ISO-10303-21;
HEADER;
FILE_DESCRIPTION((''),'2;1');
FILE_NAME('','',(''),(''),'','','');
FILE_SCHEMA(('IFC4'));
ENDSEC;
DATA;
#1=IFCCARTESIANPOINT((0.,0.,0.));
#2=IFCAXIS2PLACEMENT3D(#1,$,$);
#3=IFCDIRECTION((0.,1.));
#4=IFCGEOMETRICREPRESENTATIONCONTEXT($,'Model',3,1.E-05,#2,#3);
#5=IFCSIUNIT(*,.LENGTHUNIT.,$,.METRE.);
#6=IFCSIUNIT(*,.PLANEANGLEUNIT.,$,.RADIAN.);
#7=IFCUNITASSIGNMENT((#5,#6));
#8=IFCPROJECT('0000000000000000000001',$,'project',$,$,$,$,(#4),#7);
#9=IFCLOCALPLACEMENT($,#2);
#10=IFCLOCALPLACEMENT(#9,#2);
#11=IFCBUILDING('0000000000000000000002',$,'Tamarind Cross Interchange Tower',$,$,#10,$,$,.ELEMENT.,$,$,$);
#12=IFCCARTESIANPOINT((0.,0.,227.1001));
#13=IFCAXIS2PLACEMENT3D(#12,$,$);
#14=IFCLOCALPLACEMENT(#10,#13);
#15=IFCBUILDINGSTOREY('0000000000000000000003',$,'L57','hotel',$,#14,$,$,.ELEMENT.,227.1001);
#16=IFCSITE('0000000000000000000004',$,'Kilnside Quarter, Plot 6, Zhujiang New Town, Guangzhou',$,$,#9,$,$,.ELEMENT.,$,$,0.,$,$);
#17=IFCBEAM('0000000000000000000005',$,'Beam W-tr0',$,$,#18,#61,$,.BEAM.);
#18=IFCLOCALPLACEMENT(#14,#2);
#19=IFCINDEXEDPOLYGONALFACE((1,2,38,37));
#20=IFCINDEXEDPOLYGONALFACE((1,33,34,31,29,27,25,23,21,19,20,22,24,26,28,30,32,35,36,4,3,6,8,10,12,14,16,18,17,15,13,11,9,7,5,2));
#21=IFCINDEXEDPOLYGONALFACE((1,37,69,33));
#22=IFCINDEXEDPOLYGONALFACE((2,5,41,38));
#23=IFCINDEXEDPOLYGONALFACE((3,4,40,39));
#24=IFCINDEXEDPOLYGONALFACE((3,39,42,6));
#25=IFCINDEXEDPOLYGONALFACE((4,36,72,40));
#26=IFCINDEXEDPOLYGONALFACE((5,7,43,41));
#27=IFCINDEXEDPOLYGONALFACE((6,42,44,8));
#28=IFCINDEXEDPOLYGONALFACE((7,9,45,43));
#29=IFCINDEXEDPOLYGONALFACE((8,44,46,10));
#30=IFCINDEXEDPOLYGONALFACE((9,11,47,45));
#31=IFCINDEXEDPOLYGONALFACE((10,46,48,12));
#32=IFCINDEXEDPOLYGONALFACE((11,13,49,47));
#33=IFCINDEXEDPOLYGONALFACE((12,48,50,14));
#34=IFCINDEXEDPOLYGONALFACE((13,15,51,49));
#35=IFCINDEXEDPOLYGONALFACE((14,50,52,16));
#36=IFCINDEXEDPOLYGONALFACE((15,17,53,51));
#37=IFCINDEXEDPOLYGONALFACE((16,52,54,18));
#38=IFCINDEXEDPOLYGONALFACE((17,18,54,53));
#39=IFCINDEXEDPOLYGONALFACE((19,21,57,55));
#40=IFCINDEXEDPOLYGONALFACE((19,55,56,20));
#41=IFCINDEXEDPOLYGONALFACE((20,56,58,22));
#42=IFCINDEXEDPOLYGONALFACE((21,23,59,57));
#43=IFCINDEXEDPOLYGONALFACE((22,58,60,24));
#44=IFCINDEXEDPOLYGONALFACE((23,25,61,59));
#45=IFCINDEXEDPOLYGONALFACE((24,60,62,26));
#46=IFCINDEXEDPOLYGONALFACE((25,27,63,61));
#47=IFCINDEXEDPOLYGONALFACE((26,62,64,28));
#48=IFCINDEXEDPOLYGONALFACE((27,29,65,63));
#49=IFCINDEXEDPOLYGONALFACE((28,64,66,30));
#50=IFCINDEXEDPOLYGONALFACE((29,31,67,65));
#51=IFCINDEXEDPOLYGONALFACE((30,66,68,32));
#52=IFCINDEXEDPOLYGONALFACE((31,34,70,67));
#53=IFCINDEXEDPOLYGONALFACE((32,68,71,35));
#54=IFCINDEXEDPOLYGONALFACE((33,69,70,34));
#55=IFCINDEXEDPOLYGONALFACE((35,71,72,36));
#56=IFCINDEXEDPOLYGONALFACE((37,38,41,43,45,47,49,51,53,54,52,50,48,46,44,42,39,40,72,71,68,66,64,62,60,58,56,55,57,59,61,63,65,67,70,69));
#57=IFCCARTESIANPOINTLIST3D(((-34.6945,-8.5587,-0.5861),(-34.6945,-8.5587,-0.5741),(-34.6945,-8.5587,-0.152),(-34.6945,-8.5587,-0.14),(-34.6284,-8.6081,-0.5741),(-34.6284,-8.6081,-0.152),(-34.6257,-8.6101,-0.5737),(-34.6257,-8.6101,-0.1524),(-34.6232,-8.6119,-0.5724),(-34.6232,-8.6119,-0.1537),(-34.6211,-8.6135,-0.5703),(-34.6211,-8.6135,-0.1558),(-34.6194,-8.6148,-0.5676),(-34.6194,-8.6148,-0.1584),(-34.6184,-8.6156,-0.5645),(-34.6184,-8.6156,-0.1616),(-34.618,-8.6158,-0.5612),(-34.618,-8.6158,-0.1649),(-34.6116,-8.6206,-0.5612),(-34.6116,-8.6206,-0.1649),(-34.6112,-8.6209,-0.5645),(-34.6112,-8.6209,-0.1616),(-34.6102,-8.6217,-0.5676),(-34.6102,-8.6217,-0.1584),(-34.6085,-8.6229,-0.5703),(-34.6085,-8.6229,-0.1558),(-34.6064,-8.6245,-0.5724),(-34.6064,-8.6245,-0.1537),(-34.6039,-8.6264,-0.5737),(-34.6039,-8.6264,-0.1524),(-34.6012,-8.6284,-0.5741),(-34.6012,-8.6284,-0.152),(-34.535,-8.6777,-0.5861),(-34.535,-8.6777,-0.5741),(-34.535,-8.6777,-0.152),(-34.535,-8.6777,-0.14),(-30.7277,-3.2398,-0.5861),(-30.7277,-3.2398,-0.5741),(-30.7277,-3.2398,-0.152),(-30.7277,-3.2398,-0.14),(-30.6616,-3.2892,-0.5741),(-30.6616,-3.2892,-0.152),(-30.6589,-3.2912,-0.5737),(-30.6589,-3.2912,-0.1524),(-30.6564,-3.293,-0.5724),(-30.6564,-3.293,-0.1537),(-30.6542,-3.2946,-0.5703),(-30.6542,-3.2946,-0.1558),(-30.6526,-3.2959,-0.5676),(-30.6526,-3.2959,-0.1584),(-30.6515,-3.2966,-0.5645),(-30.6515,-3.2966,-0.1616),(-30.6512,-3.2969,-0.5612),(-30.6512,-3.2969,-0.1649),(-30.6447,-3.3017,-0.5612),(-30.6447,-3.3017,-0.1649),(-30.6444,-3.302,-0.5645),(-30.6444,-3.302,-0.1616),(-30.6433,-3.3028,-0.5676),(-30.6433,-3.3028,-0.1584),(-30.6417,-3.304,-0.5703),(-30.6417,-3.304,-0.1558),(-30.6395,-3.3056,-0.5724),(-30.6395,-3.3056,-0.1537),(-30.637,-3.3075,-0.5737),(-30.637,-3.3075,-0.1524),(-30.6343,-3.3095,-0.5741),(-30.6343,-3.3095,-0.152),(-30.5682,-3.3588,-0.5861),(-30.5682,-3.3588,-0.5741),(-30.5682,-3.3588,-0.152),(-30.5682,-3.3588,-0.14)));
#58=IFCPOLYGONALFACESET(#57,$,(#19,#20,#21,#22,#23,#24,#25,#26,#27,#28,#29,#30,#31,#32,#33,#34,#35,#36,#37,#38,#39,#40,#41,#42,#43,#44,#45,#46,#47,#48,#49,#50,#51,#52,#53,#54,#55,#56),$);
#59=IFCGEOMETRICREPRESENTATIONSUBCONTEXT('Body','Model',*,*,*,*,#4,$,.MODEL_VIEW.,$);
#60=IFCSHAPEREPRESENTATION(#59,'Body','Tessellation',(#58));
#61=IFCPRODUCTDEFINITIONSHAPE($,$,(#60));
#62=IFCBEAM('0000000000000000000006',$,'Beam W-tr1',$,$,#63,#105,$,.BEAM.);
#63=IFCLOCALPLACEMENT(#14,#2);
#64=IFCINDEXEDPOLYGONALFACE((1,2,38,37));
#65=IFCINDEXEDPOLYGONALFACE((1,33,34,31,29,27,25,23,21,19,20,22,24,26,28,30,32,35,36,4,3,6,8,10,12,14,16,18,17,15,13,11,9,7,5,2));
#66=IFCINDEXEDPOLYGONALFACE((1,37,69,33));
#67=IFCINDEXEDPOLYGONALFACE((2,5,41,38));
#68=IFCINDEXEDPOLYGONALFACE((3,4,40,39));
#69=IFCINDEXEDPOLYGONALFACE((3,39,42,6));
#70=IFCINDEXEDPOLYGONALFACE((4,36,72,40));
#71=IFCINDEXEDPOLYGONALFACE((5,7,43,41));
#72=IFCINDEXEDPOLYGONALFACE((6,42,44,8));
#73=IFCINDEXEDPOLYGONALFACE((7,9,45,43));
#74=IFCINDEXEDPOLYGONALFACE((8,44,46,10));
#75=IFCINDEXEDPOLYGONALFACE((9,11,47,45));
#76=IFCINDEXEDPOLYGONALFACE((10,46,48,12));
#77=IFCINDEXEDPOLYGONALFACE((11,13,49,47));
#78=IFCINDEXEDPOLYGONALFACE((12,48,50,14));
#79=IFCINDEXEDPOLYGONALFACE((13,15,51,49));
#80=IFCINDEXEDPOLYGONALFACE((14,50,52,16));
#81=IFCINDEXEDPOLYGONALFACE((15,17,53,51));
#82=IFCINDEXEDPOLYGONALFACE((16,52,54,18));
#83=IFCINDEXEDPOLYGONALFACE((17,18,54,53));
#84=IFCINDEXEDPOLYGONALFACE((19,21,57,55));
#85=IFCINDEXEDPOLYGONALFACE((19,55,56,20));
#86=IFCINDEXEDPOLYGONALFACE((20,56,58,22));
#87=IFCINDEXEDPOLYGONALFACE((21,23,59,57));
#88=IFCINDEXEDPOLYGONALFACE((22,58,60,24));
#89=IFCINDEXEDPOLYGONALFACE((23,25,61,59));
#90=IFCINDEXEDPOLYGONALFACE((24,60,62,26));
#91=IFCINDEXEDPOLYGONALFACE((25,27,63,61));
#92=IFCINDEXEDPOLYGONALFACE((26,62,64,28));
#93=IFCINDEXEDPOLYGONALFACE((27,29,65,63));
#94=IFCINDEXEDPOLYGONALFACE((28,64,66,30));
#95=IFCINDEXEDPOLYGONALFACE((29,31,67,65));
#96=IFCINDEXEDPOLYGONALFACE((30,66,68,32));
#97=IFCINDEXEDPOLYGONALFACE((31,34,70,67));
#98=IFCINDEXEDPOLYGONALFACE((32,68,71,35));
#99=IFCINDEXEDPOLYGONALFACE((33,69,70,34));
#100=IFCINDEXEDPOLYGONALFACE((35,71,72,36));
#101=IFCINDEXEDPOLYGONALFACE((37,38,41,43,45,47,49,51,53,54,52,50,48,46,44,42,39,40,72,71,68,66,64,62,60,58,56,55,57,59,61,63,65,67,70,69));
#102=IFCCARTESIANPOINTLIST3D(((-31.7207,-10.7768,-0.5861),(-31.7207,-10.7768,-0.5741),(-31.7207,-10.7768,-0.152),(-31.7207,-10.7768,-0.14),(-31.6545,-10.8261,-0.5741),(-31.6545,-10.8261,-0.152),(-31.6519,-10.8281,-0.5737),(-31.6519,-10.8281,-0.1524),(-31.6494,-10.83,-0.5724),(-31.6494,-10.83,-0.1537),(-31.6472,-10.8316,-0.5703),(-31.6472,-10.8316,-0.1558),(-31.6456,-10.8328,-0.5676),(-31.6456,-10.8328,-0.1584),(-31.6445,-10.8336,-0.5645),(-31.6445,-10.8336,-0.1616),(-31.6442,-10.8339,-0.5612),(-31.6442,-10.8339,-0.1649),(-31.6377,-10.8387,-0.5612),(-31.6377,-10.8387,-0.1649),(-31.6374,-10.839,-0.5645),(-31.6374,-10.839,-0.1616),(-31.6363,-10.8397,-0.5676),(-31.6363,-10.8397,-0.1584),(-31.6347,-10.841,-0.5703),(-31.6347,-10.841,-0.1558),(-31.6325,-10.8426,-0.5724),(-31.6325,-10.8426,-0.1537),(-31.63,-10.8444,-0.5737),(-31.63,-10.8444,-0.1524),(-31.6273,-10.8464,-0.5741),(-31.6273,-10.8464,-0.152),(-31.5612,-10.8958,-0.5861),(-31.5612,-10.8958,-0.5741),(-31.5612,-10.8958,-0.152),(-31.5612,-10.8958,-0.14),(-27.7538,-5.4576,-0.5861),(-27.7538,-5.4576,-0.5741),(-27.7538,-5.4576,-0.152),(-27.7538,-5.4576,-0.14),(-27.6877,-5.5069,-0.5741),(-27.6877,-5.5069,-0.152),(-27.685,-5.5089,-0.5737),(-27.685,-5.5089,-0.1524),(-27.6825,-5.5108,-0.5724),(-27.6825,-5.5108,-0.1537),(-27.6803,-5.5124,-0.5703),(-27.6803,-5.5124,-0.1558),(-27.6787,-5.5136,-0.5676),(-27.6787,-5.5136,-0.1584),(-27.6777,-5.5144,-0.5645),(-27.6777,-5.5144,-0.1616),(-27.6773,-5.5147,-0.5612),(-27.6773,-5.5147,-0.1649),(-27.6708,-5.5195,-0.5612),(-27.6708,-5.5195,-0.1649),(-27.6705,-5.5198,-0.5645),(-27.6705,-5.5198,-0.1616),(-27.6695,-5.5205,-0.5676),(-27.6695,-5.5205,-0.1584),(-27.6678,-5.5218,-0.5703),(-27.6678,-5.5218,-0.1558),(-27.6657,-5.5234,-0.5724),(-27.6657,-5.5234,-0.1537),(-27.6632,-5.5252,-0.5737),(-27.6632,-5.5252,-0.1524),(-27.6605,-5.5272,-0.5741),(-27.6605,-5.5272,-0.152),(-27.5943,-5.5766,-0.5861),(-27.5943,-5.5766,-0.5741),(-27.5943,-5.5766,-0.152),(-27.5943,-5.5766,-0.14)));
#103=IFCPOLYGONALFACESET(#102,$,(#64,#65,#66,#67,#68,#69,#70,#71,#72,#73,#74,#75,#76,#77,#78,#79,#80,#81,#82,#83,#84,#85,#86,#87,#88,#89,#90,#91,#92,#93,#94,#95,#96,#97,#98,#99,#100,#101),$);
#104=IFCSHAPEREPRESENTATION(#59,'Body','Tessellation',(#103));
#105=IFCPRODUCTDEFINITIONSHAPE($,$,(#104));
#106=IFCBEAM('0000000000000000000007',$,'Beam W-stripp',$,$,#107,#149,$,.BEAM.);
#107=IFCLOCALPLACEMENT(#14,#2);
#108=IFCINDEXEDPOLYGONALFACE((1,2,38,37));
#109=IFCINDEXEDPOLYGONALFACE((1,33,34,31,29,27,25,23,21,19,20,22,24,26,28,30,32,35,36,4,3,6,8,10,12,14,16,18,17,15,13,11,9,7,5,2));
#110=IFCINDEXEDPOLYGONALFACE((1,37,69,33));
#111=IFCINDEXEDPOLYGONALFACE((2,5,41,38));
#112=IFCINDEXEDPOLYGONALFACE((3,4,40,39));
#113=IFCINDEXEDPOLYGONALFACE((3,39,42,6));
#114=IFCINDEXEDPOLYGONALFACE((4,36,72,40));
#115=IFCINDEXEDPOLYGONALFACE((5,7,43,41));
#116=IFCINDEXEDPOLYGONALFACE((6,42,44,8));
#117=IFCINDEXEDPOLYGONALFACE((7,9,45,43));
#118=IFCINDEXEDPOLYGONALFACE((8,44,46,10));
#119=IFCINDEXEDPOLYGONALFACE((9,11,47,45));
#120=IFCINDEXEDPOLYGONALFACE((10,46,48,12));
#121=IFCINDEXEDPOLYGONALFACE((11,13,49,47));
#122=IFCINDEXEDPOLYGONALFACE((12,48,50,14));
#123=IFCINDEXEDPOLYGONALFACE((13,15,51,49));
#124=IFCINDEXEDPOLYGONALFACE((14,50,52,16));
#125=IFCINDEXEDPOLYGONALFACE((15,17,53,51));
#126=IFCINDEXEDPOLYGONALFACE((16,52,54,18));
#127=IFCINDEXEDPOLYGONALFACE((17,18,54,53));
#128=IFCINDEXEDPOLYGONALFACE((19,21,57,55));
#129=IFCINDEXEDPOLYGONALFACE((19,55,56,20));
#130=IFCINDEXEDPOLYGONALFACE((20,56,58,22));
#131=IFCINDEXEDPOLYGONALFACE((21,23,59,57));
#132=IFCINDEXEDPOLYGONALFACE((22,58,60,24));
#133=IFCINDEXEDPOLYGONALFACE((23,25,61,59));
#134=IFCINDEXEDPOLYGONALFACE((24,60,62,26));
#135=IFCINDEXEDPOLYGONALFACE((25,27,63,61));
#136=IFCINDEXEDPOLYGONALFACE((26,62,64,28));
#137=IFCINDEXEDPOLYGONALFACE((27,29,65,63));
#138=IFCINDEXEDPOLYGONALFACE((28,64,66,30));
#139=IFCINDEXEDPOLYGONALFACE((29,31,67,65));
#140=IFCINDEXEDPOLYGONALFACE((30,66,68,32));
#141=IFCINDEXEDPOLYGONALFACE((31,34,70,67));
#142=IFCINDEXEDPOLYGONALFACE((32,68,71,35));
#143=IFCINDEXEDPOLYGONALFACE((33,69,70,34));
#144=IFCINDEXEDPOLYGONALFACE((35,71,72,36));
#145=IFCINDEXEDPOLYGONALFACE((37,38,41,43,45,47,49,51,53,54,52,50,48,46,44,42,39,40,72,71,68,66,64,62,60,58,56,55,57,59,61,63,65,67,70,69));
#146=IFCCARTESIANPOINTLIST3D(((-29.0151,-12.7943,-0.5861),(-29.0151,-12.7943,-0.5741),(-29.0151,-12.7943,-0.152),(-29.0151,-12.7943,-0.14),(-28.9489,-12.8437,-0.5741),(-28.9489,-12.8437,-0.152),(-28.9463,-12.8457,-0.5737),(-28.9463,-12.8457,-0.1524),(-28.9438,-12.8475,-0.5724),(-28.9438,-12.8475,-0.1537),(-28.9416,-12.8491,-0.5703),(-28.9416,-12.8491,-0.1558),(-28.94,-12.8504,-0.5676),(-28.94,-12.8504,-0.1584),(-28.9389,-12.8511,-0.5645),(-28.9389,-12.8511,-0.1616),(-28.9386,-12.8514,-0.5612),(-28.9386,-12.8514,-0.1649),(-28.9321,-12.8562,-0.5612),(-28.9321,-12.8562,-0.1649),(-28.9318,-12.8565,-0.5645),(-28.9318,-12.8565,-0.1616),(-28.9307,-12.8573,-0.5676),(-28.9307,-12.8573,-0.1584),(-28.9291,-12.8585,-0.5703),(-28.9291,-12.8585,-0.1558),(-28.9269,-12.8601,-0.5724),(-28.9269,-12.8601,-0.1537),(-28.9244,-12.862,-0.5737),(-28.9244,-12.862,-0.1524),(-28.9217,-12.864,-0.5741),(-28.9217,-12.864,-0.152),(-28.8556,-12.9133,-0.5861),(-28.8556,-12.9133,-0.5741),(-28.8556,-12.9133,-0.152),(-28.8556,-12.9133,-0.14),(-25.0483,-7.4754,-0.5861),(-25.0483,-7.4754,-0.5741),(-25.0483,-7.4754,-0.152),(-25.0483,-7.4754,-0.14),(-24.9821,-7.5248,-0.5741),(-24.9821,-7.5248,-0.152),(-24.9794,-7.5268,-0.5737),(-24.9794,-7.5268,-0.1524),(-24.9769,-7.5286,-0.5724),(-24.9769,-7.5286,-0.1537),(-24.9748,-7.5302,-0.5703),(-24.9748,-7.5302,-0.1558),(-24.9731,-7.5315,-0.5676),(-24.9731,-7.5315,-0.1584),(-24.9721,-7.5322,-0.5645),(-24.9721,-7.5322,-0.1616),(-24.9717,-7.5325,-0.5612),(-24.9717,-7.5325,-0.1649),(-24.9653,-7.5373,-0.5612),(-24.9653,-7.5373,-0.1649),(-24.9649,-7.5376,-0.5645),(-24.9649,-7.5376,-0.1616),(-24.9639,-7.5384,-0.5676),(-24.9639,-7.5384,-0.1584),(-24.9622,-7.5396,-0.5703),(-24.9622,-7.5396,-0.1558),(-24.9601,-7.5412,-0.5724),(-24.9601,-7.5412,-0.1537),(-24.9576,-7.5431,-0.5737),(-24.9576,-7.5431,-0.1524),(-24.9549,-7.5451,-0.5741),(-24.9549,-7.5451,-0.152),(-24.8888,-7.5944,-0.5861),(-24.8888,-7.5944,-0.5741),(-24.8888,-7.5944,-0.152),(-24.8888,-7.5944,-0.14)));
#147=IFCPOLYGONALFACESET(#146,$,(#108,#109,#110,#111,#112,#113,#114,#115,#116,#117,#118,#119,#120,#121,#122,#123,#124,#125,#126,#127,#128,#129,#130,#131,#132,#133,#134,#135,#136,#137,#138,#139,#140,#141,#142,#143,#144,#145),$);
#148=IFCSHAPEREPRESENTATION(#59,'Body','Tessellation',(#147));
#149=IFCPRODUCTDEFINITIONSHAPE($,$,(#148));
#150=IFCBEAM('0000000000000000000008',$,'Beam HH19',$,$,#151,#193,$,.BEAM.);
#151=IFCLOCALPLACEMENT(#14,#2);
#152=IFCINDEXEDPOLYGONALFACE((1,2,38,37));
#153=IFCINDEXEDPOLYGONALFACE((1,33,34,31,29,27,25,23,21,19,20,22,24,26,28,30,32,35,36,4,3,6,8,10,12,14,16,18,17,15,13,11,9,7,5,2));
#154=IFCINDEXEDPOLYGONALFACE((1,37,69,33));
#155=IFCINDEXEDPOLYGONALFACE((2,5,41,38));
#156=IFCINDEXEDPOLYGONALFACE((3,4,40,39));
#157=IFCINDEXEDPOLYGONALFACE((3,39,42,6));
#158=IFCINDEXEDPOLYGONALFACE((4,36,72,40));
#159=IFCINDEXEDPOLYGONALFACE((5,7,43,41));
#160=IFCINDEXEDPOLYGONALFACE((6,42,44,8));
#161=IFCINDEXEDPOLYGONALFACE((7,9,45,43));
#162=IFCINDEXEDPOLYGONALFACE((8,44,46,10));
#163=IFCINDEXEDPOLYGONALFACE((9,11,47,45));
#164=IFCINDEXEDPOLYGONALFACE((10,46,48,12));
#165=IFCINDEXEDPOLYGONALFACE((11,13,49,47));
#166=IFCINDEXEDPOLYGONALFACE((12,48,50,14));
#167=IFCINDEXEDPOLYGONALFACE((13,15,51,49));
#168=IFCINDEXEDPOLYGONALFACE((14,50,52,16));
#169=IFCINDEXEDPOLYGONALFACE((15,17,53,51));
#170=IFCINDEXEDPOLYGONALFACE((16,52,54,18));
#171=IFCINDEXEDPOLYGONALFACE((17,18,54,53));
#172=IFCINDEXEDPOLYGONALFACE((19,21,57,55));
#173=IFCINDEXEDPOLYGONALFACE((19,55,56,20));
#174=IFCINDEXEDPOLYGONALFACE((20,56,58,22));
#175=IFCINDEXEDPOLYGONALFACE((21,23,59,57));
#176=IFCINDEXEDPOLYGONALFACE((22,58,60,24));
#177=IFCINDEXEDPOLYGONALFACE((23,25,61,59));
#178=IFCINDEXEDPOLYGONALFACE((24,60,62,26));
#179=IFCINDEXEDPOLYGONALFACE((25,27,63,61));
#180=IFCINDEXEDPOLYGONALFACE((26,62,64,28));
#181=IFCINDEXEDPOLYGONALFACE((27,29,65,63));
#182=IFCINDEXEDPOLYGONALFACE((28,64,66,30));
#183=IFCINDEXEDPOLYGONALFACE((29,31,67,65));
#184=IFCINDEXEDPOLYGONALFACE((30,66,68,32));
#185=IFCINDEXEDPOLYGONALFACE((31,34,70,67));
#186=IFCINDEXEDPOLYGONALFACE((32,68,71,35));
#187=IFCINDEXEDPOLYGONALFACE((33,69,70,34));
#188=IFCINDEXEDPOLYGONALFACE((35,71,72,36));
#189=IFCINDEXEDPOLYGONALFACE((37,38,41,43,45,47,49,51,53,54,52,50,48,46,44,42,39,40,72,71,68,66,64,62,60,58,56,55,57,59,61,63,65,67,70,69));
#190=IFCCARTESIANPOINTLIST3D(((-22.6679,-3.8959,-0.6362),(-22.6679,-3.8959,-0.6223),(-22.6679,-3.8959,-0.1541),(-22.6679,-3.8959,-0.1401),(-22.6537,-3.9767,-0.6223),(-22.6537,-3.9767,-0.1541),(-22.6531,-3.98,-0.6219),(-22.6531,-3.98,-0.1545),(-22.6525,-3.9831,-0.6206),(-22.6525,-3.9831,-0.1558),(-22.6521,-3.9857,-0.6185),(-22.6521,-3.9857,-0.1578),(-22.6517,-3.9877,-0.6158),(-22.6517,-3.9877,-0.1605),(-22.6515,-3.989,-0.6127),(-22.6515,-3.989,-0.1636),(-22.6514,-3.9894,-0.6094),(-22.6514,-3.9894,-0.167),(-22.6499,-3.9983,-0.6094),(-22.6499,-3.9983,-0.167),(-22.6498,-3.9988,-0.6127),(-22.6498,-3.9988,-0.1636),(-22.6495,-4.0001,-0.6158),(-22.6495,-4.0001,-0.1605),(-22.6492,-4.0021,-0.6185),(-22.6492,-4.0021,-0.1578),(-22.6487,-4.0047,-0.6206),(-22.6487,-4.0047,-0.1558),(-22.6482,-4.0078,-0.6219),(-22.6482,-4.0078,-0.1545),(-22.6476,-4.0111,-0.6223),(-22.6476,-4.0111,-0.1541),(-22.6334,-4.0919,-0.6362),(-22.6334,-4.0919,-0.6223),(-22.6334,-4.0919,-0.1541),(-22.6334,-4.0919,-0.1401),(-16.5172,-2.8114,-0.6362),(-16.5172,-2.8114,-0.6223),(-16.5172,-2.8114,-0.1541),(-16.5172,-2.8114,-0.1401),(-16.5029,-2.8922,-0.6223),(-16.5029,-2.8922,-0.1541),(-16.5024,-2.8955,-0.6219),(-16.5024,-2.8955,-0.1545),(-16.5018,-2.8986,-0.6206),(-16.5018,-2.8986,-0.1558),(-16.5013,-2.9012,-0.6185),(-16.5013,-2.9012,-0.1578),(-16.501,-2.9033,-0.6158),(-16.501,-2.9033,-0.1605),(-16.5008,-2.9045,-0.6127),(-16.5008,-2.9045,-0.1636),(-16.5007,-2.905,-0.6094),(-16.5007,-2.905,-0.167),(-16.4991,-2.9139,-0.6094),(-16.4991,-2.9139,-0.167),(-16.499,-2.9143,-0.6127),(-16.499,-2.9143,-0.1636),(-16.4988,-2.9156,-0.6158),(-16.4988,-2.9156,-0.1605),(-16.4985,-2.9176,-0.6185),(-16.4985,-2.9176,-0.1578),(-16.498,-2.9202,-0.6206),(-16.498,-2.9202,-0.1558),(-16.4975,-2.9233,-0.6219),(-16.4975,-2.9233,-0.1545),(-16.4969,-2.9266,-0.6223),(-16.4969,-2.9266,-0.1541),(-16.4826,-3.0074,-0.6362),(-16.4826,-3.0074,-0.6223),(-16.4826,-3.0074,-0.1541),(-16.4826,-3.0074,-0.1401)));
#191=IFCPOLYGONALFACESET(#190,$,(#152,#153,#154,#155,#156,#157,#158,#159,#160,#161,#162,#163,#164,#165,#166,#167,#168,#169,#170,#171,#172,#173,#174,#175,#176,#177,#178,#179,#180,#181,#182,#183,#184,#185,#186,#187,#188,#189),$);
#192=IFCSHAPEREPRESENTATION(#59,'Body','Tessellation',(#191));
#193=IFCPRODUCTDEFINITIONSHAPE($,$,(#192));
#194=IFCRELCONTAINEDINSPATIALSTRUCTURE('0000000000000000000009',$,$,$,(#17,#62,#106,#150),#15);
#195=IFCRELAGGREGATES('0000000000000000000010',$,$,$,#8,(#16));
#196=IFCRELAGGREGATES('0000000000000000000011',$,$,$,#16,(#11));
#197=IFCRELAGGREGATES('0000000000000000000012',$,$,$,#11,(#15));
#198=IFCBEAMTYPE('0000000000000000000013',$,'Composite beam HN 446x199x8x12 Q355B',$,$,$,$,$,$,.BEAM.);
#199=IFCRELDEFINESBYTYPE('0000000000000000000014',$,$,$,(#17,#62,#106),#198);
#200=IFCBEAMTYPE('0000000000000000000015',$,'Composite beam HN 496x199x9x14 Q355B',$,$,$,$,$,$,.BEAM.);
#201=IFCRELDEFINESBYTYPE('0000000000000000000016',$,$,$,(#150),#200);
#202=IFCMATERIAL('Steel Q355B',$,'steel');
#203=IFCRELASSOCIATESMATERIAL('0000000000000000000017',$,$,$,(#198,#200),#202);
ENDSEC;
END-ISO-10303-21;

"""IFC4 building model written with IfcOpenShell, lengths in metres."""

from ifc_helpers import new_model, si_unit, direction, frame, origin, origin_2d, place, context, subcontext, project, spatial, i_section, extrude, material, material_profile, profile_set, type_object, element, save


model = new_model("IFC4")

# Units and contexts
model_context = context("Model", 3, precision=1e-05, world=origin(), true_north=direction((0.0, 1.0)))
body_context = subcontext(model_context, "Body", "Model", "MODEL_VIEW")
ifc_project = project(units=[si_unit("LENGTHUNIT", "METRE"), si_unit("PLANEANGLEUNIT", "RADIAN")], contexts=[model_context])

# Site, building, storey
site_placement = place(None, origin())
site = spatial("IfcSite", under=ifc_project, at=site_placement, Name="Kilnside Quarter, Plot 6, Zhujiang New Town, Guangzhou", CompositionType="ELEMENT", RefElevation=0.0)
building_placement = place(site_placement, origin())
building = spatial("IfcBuilding", under=site, at=building_placement, Name="Tamarind Cross Interchange Tower", CompositionType="ELEMENT")
storey_placement = place(building_placement, frame((0.0, 0.0, 227.1001)))
storey = spatial("IfcBuildingStorey", under=building, at=storey_placement, Name="L57", Description="hotel", CompositionType="ELEMENT", Elevation=227.1001)

# Beams
ifc_material_1 = material(Name="Steel Q355B", Category="steel")
ifc_material_profile_1 = material_profile(ifc_material_1, i_section(OverallWidth=0.199, OverallDepth=0.446, WebThickness=0.0081, FlangeThickness=0.012, FilletRadius=0.0129, at=origin_2d()), Name="HN 446x199x8x12")
ifc_profile_set_1 = profile_set([ifc_material_profile_1], Name="Steel Q355B")
beam_type_1 = type_object("IfcBeamType", Name="Composite beam HN 446x199x8x12 Q355B", PredefinedType="BEAM", material=ifc_profile_set_1)
beam_1_placement = place(storey_placement, frame((-30.6479, -3.2993, -0.363), z_axis=(-0.597843, -0.801613, 0.0), x_axis=(0.801613, -0.597843, 0.0)))
element("IfcBeam", 1, at=beam_1_placement, inside=storey, type_object=beam_type_1, Name="Beam W-tr0", PredefinedType="BEAM", context=body_context, shape_type="SweptSolid", body=[
    extrude(i_section(OverallWidth=0.199, OverallDepth=0.446, WebThickness=0.0081, FlangeThickness=0.012, FilletRadius=0.0129, at=origin_2d()), origin(), (0.0, 0.0, 1.0), 6.6353),
])
beam_2_placement = place(storey_placement, frame((-27.6741, -5.5171, -0.363), z_axis=(-0.597825, -0.801626, 0.0), x_axis=(0.801626, -0.597825, 0.0)))
element("IfcBeam", 2, at=beam_2_placement, inside=storey, type_object=beam_type_1, Name="Beam W-tr1", PredefinedType="BEAM", context=body_context, shape_type="SweptSolid", body=[
    extrude(i_section(OverallWidth=0.199, OverallDepth=0.446, WebThickness=0.0081, FlangeThickness=0.012, FilletRadius=0.0129, at=origin_2d()), origin(), (0.0, 0.0, 1.0), 6.6355),
])
beam_3_placement = place(storey_placement, frame((-24.9685, -7.5349, -0.363), z_axis=(-0.597843, -0.801613, 0.0), x_axis=(0.801613, -0.597843, 0.0)))
element("IfcBeam", 3, at=beam_3_placement, inside=storey, type_object=beam_type_1, Name="Beam W-stripp", PredefinedType="BEAM", context=body_context, shape_type="SweptSolid", body=[
    extrude(i_section(OverallWidth=0.199, OverallDepth=0.446, WebThickness=0.0081, FlangeThickness=0.012, FilletRadius=0.0129, at=origin_2d()), origin(), (0.0, 0.0, 1.0), 6.6353),
])
ifc_material_profile_2 = material_profile(ifc_material_1, i_section(OverallWidth=0.199, OverallDepth=0.4961, WebThickness=0.009, FlangeThickness=0.0139, FilletRadius=0.0129, at=origin_2d()), Name="HN 496x199x9x14")
ifc_profile_set_2 = profile_set([ifc_material_profile_2], Name="Steel Q355B")
beam_type_2 = type_object("IfcBeamType", Name="Composite beam HN 496x199x9x14 Q355B", PredefinedType="BEAM", material=ifc_profile_set_2)
beam_4_placement = place(storey_placement, frame((-22.6506, -3.9939, -0.3882), z_axis=(0.984809, 0.17364, 0.0), x_axis=(-0.17364, 0.984809, 0.0)))
element("IfcBeam", 4, at=beam_4_placement, inside=storey, type_object=beam_type_2, Name="Beam HH19", PredefinedType="BEAM", context=body_context, shape_type="SweptSolid", body=[
    extrude(i_section(OverallWidth=0.199, OverallDepth=0.4961, WebThickness=0.009, FlangeThickness=0.0139, FilletRadius=0.0129, at=origin_2d()), origin(), (0.0, 0.0, 1.0), 6.2456),
])

save(model, "model.ifc")
